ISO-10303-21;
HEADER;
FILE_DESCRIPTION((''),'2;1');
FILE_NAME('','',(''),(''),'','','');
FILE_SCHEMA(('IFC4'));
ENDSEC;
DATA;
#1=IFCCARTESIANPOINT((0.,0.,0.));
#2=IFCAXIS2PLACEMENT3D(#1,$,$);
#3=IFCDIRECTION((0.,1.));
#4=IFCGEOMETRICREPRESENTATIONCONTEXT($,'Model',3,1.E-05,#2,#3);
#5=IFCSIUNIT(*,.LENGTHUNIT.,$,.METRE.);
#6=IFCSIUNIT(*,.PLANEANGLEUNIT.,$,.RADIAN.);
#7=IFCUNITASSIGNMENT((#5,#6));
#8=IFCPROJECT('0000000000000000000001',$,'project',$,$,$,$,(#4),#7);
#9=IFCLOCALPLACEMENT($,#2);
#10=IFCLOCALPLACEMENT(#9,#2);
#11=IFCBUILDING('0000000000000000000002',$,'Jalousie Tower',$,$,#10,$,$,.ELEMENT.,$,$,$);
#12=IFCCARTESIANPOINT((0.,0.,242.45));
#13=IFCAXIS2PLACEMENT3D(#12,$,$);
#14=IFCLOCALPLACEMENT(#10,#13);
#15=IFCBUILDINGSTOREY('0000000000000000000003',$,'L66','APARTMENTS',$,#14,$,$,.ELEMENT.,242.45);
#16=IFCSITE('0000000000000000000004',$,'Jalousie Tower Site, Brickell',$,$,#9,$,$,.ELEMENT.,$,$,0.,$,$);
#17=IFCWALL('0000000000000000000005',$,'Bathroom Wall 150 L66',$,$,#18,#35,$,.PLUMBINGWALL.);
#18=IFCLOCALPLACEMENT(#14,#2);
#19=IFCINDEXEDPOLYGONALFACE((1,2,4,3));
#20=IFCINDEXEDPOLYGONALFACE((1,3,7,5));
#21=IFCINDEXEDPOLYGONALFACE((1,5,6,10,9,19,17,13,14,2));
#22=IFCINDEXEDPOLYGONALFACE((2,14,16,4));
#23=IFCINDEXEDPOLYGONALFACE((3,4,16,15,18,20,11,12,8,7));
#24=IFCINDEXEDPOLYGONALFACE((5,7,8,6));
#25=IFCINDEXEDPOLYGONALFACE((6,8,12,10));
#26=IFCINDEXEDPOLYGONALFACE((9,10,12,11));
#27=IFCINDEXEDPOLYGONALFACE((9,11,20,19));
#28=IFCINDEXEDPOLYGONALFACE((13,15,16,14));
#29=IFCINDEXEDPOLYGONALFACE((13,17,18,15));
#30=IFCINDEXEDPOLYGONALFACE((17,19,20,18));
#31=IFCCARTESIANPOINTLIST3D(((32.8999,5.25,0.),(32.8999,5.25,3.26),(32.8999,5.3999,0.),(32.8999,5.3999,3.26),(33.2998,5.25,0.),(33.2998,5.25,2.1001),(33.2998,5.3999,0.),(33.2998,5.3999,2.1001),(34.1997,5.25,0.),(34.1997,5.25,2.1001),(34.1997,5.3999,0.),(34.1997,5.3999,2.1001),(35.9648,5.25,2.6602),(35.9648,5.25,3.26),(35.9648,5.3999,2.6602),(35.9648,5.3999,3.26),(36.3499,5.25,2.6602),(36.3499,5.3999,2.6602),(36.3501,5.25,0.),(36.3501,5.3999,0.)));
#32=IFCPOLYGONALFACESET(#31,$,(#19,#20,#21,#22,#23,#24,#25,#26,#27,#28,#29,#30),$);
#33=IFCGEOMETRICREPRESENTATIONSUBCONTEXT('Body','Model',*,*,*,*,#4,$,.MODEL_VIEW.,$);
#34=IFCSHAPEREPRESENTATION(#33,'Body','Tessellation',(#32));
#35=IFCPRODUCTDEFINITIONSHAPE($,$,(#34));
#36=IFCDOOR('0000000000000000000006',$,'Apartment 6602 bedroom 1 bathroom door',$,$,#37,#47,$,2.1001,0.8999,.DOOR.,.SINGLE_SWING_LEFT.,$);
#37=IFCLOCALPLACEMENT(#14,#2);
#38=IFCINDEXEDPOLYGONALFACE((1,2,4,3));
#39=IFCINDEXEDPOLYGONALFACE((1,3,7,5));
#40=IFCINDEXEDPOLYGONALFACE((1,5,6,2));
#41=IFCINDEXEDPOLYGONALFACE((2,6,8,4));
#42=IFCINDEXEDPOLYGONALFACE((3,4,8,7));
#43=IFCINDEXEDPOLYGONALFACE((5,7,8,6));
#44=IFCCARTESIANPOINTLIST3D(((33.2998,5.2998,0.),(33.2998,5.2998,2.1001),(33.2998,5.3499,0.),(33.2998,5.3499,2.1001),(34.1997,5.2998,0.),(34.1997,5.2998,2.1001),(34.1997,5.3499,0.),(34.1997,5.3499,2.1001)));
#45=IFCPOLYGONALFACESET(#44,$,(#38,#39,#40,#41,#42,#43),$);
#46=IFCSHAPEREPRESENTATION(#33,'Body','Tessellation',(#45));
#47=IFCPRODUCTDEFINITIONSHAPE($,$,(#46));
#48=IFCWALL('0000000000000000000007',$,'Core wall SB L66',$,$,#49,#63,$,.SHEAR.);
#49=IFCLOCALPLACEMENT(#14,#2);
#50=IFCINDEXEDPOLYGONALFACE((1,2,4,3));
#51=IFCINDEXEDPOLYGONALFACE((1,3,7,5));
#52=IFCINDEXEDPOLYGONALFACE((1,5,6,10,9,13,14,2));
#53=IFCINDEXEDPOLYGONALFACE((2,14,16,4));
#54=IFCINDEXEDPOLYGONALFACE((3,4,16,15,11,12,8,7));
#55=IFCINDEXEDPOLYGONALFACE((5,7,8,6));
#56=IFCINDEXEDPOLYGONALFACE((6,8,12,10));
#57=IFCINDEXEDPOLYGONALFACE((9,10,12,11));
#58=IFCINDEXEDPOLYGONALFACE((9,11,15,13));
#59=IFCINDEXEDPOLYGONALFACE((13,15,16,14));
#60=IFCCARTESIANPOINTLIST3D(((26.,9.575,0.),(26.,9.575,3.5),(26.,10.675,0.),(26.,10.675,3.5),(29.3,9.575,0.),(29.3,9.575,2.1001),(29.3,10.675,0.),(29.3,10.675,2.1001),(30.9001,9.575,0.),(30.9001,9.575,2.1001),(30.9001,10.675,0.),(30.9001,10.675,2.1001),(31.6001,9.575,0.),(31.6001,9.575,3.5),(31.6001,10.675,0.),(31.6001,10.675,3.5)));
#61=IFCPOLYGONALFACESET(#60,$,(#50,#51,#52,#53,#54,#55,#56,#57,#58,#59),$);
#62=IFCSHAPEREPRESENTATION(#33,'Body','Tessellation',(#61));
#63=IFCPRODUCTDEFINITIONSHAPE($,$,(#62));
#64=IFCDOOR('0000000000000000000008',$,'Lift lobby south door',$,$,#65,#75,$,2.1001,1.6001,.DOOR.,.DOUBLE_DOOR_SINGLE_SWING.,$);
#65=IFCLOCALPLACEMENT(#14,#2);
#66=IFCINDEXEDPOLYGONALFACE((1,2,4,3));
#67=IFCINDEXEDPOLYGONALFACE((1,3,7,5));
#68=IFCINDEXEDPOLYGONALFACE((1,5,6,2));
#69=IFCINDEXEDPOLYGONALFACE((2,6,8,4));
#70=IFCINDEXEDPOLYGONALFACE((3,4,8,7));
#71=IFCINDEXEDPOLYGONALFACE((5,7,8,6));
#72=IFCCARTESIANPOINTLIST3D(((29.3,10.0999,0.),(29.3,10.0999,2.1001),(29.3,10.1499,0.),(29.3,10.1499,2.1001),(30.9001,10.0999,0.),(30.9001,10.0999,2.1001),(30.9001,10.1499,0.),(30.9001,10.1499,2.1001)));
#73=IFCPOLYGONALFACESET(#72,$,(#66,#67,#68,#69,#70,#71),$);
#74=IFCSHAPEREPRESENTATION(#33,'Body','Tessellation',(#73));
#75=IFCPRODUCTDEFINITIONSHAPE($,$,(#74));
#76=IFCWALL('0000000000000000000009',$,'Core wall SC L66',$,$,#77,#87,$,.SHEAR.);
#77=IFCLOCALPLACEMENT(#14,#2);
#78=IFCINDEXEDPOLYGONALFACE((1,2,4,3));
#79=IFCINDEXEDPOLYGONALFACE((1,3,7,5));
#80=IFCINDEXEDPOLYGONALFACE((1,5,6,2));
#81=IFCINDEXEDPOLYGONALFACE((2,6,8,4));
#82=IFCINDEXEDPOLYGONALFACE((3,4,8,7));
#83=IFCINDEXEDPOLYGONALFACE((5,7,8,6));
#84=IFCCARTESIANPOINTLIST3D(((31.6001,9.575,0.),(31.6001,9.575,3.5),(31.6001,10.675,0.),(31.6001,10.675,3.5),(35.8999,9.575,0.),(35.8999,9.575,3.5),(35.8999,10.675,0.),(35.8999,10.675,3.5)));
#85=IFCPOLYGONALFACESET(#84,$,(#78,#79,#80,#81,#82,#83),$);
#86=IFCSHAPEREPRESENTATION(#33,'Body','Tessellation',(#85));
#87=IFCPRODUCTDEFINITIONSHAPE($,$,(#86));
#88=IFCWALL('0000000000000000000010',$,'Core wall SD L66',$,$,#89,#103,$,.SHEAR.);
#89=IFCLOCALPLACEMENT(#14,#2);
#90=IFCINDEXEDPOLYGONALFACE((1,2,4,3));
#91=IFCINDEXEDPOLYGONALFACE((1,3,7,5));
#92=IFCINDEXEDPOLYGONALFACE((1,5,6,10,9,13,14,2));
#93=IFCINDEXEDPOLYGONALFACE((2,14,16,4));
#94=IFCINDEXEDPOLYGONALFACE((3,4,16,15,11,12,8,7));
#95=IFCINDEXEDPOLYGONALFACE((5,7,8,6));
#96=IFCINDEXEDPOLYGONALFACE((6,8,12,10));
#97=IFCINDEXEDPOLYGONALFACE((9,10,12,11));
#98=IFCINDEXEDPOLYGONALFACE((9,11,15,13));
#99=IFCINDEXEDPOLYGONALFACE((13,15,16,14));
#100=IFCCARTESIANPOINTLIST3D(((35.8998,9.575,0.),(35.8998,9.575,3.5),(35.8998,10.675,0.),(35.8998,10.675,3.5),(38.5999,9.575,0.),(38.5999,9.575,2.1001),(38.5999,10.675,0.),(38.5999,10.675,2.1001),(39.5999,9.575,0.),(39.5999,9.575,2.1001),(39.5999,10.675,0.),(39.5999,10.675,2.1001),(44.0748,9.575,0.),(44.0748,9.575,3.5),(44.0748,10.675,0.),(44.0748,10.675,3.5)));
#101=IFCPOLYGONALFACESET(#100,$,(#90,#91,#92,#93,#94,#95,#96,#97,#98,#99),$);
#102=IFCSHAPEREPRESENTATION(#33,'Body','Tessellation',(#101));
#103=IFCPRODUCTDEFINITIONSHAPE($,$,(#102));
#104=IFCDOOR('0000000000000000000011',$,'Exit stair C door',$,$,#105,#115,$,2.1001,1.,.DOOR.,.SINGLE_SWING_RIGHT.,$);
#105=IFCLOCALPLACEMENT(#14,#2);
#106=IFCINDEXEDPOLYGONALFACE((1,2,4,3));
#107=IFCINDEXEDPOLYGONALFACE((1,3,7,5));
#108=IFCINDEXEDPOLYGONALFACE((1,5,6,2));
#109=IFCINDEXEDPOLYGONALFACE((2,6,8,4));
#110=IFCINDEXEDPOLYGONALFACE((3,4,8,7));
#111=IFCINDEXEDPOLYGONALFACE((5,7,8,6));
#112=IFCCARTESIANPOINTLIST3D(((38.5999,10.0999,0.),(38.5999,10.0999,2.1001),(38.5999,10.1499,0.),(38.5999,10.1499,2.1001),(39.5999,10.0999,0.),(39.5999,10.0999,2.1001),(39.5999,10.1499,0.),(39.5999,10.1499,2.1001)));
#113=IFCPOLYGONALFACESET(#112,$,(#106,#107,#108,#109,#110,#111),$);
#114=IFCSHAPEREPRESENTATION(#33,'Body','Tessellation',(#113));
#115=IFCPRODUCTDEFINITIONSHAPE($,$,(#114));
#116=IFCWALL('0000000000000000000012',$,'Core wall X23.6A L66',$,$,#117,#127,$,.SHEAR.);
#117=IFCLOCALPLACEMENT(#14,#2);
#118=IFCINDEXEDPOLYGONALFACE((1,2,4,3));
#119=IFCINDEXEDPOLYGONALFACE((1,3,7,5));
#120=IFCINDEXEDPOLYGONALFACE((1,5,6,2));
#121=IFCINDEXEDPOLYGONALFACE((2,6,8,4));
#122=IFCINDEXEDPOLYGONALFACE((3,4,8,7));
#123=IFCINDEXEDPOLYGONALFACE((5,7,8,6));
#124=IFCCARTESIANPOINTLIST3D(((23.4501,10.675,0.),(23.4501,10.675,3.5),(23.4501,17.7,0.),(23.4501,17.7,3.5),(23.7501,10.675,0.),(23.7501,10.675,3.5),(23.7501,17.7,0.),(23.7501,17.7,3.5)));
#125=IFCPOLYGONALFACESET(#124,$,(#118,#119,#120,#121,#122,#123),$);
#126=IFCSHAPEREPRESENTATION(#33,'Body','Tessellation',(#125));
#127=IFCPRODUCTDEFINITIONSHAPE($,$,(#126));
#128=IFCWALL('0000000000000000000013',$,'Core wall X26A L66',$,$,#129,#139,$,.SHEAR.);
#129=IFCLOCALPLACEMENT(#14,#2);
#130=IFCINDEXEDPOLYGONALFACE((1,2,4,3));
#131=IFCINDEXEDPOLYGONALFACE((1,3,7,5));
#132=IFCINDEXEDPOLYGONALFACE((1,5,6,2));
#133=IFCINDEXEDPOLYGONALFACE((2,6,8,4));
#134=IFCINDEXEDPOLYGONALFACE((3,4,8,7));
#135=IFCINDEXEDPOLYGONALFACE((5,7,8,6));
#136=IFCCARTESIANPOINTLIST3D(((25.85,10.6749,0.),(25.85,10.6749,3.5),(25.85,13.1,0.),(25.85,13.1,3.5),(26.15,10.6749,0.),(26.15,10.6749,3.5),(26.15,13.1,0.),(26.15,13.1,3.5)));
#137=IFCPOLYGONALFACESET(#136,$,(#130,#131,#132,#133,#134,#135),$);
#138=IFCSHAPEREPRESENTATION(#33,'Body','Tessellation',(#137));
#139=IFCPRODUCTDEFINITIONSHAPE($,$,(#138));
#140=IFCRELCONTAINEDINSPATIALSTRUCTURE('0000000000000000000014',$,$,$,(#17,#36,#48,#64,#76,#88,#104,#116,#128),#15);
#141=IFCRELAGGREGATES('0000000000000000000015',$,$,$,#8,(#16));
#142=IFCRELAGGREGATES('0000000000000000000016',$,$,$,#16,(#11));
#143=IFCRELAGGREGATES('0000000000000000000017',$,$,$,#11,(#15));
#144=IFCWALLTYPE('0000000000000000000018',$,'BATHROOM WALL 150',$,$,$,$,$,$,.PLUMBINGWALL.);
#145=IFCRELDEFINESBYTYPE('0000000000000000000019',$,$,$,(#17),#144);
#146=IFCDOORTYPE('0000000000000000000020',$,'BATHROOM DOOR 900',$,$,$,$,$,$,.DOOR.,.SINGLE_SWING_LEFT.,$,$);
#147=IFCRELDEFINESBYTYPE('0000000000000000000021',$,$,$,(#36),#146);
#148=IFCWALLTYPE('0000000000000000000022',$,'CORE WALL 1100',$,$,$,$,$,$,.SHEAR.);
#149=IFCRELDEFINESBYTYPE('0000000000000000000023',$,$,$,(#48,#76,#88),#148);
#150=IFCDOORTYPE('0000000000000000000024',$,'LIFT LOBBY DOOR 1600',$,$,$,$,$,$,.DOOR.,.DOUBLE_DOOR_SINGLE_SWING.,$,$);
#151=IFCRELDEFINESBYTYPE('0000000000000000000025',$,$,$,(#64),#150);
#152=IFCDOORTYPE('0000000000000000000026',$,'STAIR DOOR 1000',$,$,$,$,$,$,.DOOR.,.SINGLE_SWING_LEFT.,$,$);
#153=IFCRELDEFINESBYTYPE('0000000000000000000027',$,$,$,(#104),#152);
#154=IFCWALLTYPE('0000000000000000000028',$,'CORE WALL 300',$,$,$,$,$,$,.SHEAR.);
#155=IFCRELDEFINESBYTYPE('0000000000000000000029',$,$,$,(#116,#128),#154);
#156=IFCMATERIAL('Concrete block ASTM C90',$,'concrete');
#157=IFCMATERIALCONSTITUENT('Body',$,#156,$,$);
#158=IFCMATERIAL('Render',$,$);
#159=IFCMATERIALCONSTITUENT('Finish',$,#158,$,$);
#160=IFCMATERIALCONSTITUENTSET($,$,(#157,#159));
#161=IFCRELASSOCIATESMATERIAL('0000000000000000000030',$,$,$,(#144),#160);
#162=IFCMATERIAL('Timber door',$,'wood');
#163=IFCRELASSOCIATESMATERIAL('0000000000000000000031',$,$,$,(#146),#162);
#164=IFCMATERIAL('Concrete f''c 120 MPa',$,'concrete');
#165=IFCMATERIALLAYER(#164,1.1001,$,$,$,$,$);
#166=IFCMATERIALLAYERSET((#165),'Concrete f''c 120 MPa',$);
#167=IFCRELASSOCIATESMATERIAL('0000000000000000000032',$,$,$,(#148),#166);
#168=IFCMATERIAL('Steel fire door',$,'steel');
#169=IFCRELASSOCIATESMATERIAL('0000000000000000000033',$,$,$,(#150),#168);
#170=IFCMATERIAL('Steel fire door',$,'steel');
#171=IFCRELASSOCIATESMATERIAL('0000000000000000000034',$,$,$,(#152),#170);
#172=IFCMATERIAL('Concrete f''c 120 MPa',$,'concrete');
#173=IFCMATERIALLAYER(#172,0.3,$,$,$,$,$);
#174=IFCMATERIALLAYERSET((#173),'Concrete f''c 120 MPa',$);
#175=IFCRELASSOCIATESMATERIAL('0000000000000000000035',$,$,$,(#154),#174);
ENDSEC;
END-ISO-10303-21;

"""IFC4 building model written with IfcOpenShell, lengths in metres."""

from ifc_helpers import new_model, si_unit, direction, frame, frame_2d, origin, place, context, subcontext, project, spatial, polyline, rectangle, outline, extrude, material, layer, layer_set, constituent, constituent_set, type_object, element, fill, save


model = new_model("IFC4")

# Units and contexts
model_context = context("Model", 3, precision=1e-05, world=origin(), true_north=direction((0.0, 1.0)))
body_context = subcontext(model_context, "Body", "Model", "MODEL_VIEW")
ifc_project = project(units=[si_unit("LENGTHUNIT", "METRE"), si_unit("PLANEANGLEUNIT", "RADIAN")], contexts=[model_context])

# Site, building, storey
site_placement = place(None, origin())
site = spatial("IfcSite", under=ifc_project, at=site_placement, Name="Jalousie Tower Site, Brickell", CompositionType="ELEMENT", RefElevation=0.0)
building_placement = place(site_placement, origin())
building = spatial("IfcBuilding", under=site, at=building_placement, Name="Jalousie Tower", CompositionType="ELEMENT")
storey_placement = place(building_placement, frame((0.0, 0.0, 242.45)))
storey = spatial("IfcBuildingStorey", under=building, at=storey_placement, Name="L66", Description="APARTMENTS", CompositionType="ELEMENT", Elevation=242.45)

# Walls, openings, doors
ifc_material_1 = material(Name="Concrete block ASTM C90", Category="concrete")
ifc_constituent_1 = constituent(ifc_material_1, Name="Body")
ifc_material_2 = material(Name="Render")
ifc_constituent_2 = constituent(ifc_material_2, Name="Finish")
ifc_constituent_set_1 = constituent_set(constituents=[ifc_constituent_1, ifc_constituent_2])
wall_type_1 = type_object("IfcWallType", Name="BATHROOM WALL 150", PredefinedType="PLUMBINGWALL", material=ifc_constituent_set_1)
wall_1_placement = place(storey_placement, frame((32.8999, 5.325, 0.0), z_axis=(0.0, 0.0, 1.0), x_axis=(1.0, 0.0, 0.0)))
wall_1 = element("IfcWall", 1, at=wall_1_placement, inside=storey, type_object=wall_type_1, Name="Bathroom Wall 150 L66", PredefinedType="PLUMBINGWALL", context=body_context, shape_type="SweptSolid", body=[
    extrude(outline(polyline([(0.0, 0.0), (3.4502, 0.0), (3.45, 3.26), (3.45, 2.6602), (3.0649, 2.6602), (3.0649, 3.26), (0.0, 3.26), (0.0, 0.0)])), frame((0.0, 0.075, 0.0), z_axis=(0.0, -1.0, 0.0), x_axis=(1.0, 0.0, 0.0)), (0.0, 0.0, 1.0), 0.1499),
])
opening_1_placement = place(wall_1_placement, frame((0.3999, 0.0, 0.0)))
opening_1 = element("IfcOpeningElement", 2, at=opening_1_placement, cuts=wall_1, PredefinedType="OPENING", context=body_context, shape_type="SweptSolid", body=[
    extrude(rectangle(XDim=0.8999, YDim=2.1001, at=frame_2d((0.45, 1.05))), frame((0.0, 0.085, 0.0), z_axis=(0.0, -1.0, 0.0), x_axis=(1.0, 0.0, 0.0)), (0.0, 0.0, 1.0), 0.1699),
])
ifc_material_3 = material(Name="Timber door", Category="wood")
door_type_1 = type_object("IfcDoorType", Name="BATHROOM DOOR 900", OperationType="SINGLE_SWING_LEFT", PredefinedType="DOOR", material=ifc_material_3)
door_1_placement = place(opening_1_placement, origin())
door_1 = element("IfcDoor", 3, at=door_1_placement, inside=storey, type_object=door_type_1, Name="Apartment 6602 bedroom 1 bathroom door", OperationType="SINGLE_SWING_LEFT", OverallHeight=2.1001, OverallWidth=0.8999, PredefinedType="DOOR", context=body_context, shape_type="SweptSolid", body=[
    extrude(rectangle(XDim=0.8999, YDim=2.1001, at=frame_2d((0.45, 1.05))), frame((0.0, 0.0249, 0.0), z_axis=(0.0, -1.0, 0.0), x_axis=(1.0, 0.0, 0.0)), (0.0, 0.0, 1.0), 0.05),
])
fill(opening_1, door_1)
ifc_material_4 = material(Name="Concrete f'c 120 MPa", Category="concrete")
ifc_layer_1 = layer(ifc_material_4, 1.1001)
ifc_layer_set_1 = layer_set([ifc_layer_1], Name="Concrete f'c 120 MPa")
wall_type_2 = type_object("IfcWallType", Name="CORE WALL 1100", PredefinedType="SHEAR", material=ifc_layer_set_1)
wall_2_placement = place(storey_placement, frame((26.0, 10.125, 0.0), z_axis=(0.0, 0.0, 1.0), x_axis=(1.0, 0.0, 0.0)))
wall_2 = element("IfcWall", 4, at=wall_2_placement, inside=storey, type_object=wall_type_2, Name="Core wall SB L66", PredefinedType="SHEAR", context=body_context, shape_type="SweptSolid", body=[
    extrude(rectangle(XDim=5.6001, YDim=1.1001, at=frame_2d((2.8, 0.0))), origin(), (0.0, 0.0, 1.0), 3.5),
])
opening_2_placement = place(wall_2_placement, frame((3.3, 0.0, 0.0)))
opening_2 = element("IfcOpeningElement", 5, at=opening_2_placement, cuts=wall_2, PredefinedType="OPENING", context=body_context, shape_type="SweptSolid", body=[
    extrude(rectangle(XDim=1.6001, YDim=2.1001, at=frame_2d((0.8, 1.05))), frame((0.0, 0.5601, 0.0), z_axis=(0.0, -1.0, 0.0), x_axis=(1.0, 0.0, 0.0)), (0.0, 0.0, 1.0), 1.1201),
])
ifc_material_5 = material(Name="Steel fire door", Category="steel")
door_type_2 = type_object("IfcDoorType", Name="LIFT LOBBY DOOR 1600", OperationType="DOUBLE_DOOR_SINGLE_SWING", PredefinedType="DOOR", material=ifc_material_5)
door_2_placement = place(opening_2_placement, origin())
door_2 = element("IfcDoor", 6, at=door_2_placement, inside=storey, type_object=door_type_2, Name="Lift lobby south door", OperationType="DOUBLE_DOOR_SINGLE_SWING", OverallHeight=2.1001, OverallWidth=1.6001, PredefinedType="DOOR", context=body_context, shape_type="SweptSolid", body=[
    extrude(rectangle(XDim=1.6001, YDim=2.1001, at=frame_2d((0.8, 1.05))), frame((0.0, 0.0249, 0.0), z_axis=(0.0, -1.0, 0.0), x_axis=(1.0, 0.0, 0.0)), (0.0, 0.0, 1.0), 0.05),
])
fill(opening_2, door_2)

# Wall
wall_3_placement = place(storey_placement, frame((31.6001, 10.125, 0.0), z_axis=(0.0, 0.0, 1.0), x_axis=(1.0, 0.0, 0.0)))
element("IfcWall", 7, at=wall_3_placement, inside=storey, type_object=wall_type_2, Name="Core wall SC L66", PredefinedType="SHEAR", context=body_context, shape_type="SweptSolid", body=[
    extrude(rectangle(XDim=4.2998, YDim=1.1001, at=frame_2d((2.1499, 0.0))), origin(), (0.0, 0.0, 1.0), 3.5),
])

# Wall, opening, door
wall_4_placement = place(storey_placement, frame((35.8999, 10.125, 0.0), z_axis=(0.0, 0.0, 1.0), x_axis=(1.0, 0.0, 0.0)))
wall_4 = element("IfcWall", 8, at=wall_4_placement, inside=storey, type_object=wall_type_2, Name="Core wall SD L66", PredefinedType="SHEAR", context=body_context, shape_type="SweptSolid", body=[
    extrude(rectangle(XDim=8.175, YDim=1.1001, at=frame_2d((4.0874, 0.0))), origin(), (0.0, 0.0, 1.0), 3.5),
])
opening_3_placement = place(wall_4_placement, frame((2.7, 0.0, 0.0)))
opening_3 = element("IfcOpeningElement", 9, at=opening_3_placement, cuts=wall_4, PredefinedType="OPENING", context=body_context, shape_type="SweptSolid", body=[
    extrude(rectangle(XDim=1.0, YDim=2.1001, at=frame_2d((0.5, 1.05))), frame((0.0, 0.5601, 0.0), z_axis=(0.0, -1.0, 0.0), x_axis=(1.0, 0.0, 0.0)), (0.0, 0.0, 1.0), 1.1201),
])
ifc_material_6 = material(Name="Steel fire door", Category="steel")
door_type_3 = type_object("IfcDoorType", Name="STAIR DOOR 1000", OperationType="SINGLE_SWING_LEFT", PredefinedType="DOOR", material=ifc_material_6)
door_3_placement = place(opening_3_placement, origin())
door_3 = element("IfcDoor", 10, at=door_3_placement, inside=storey, type_object=door_type_3, Name="Exit stair C door", OperationType="SINGLE_SWING_RIGHT", OverallHeight=2.1001, OverallWidth=1.0, PredefinedType="DOOR", context=body_context, shape_type="SweptSolid", body=[
    extrude(rectangle(XDim=1.0, YDim=2.1001, at=frame_2d((0.5, 1.05))), frame((0.0, 0.0249, 0.0), z_axis=(0.0, -1.0, 0.0), x_axis=(1.0, 0.0, 0.0)), (0.0, 0.0, 1.0), 0.05),
])
fill(opening_3, door_3)

# Walls
ifc_material_7 = material(Name="Concrete f'c 120 MPa", Category="concrete")
ifc_layer_2 = layer(ifc_material_7, 0.3)
ifc_layer_set_2 = layer_set([ifc_layer_2], Name="Concrete f'c 120 MPa")
wall_type_3 = type_object("IfcWallType", Name="CORE WALL 300", PredefinedType="SHEAR", material=ifc_layer_set_2)
wall_5_placement = place(storey_placement, frame((23.6001, 10.675, 0.0), z_axis=(0.0, 0.0, 1.0), x_axis=(0.0, 1.0, 0.0)))
element("IfcWall", 11, at=wall_5_placement, inside=storey, type_object=wall_type_3, Name="Core wall X23.6A L66", PredefinedType="SHEAR", context=body_context, shape_type="SweptSolid", body=[
    extrude(rectangle(XDim=7.0249, YDim=0.3, at=frame_2d((3.5125, 0.0))), origin(), (0.0, 0.0, 1.0), 3.5),
])
wall_6_placement = place(storey_placement, frame((26.0, 10.675, 0.0), z_axis=(0.0, 0.0, 1.0), x_axis=(0.0, 1.0, 0.0)))
element("IfcWall", 12, at=wall_6_placement, inside=storey, type_object=wall_type_3, Name="Core wall X26A L66", PredefinedType="SHEAR", context=body_context, shape_type="SweptSolid", body=[
    extrude(rectangle(XDim=2.425, YDim=0.3, at=frame_2d((1.2124, 0.0))), origin(), (0.0, 0.0, 1.0), 3.5),
])

save(model, "model.ifc")
